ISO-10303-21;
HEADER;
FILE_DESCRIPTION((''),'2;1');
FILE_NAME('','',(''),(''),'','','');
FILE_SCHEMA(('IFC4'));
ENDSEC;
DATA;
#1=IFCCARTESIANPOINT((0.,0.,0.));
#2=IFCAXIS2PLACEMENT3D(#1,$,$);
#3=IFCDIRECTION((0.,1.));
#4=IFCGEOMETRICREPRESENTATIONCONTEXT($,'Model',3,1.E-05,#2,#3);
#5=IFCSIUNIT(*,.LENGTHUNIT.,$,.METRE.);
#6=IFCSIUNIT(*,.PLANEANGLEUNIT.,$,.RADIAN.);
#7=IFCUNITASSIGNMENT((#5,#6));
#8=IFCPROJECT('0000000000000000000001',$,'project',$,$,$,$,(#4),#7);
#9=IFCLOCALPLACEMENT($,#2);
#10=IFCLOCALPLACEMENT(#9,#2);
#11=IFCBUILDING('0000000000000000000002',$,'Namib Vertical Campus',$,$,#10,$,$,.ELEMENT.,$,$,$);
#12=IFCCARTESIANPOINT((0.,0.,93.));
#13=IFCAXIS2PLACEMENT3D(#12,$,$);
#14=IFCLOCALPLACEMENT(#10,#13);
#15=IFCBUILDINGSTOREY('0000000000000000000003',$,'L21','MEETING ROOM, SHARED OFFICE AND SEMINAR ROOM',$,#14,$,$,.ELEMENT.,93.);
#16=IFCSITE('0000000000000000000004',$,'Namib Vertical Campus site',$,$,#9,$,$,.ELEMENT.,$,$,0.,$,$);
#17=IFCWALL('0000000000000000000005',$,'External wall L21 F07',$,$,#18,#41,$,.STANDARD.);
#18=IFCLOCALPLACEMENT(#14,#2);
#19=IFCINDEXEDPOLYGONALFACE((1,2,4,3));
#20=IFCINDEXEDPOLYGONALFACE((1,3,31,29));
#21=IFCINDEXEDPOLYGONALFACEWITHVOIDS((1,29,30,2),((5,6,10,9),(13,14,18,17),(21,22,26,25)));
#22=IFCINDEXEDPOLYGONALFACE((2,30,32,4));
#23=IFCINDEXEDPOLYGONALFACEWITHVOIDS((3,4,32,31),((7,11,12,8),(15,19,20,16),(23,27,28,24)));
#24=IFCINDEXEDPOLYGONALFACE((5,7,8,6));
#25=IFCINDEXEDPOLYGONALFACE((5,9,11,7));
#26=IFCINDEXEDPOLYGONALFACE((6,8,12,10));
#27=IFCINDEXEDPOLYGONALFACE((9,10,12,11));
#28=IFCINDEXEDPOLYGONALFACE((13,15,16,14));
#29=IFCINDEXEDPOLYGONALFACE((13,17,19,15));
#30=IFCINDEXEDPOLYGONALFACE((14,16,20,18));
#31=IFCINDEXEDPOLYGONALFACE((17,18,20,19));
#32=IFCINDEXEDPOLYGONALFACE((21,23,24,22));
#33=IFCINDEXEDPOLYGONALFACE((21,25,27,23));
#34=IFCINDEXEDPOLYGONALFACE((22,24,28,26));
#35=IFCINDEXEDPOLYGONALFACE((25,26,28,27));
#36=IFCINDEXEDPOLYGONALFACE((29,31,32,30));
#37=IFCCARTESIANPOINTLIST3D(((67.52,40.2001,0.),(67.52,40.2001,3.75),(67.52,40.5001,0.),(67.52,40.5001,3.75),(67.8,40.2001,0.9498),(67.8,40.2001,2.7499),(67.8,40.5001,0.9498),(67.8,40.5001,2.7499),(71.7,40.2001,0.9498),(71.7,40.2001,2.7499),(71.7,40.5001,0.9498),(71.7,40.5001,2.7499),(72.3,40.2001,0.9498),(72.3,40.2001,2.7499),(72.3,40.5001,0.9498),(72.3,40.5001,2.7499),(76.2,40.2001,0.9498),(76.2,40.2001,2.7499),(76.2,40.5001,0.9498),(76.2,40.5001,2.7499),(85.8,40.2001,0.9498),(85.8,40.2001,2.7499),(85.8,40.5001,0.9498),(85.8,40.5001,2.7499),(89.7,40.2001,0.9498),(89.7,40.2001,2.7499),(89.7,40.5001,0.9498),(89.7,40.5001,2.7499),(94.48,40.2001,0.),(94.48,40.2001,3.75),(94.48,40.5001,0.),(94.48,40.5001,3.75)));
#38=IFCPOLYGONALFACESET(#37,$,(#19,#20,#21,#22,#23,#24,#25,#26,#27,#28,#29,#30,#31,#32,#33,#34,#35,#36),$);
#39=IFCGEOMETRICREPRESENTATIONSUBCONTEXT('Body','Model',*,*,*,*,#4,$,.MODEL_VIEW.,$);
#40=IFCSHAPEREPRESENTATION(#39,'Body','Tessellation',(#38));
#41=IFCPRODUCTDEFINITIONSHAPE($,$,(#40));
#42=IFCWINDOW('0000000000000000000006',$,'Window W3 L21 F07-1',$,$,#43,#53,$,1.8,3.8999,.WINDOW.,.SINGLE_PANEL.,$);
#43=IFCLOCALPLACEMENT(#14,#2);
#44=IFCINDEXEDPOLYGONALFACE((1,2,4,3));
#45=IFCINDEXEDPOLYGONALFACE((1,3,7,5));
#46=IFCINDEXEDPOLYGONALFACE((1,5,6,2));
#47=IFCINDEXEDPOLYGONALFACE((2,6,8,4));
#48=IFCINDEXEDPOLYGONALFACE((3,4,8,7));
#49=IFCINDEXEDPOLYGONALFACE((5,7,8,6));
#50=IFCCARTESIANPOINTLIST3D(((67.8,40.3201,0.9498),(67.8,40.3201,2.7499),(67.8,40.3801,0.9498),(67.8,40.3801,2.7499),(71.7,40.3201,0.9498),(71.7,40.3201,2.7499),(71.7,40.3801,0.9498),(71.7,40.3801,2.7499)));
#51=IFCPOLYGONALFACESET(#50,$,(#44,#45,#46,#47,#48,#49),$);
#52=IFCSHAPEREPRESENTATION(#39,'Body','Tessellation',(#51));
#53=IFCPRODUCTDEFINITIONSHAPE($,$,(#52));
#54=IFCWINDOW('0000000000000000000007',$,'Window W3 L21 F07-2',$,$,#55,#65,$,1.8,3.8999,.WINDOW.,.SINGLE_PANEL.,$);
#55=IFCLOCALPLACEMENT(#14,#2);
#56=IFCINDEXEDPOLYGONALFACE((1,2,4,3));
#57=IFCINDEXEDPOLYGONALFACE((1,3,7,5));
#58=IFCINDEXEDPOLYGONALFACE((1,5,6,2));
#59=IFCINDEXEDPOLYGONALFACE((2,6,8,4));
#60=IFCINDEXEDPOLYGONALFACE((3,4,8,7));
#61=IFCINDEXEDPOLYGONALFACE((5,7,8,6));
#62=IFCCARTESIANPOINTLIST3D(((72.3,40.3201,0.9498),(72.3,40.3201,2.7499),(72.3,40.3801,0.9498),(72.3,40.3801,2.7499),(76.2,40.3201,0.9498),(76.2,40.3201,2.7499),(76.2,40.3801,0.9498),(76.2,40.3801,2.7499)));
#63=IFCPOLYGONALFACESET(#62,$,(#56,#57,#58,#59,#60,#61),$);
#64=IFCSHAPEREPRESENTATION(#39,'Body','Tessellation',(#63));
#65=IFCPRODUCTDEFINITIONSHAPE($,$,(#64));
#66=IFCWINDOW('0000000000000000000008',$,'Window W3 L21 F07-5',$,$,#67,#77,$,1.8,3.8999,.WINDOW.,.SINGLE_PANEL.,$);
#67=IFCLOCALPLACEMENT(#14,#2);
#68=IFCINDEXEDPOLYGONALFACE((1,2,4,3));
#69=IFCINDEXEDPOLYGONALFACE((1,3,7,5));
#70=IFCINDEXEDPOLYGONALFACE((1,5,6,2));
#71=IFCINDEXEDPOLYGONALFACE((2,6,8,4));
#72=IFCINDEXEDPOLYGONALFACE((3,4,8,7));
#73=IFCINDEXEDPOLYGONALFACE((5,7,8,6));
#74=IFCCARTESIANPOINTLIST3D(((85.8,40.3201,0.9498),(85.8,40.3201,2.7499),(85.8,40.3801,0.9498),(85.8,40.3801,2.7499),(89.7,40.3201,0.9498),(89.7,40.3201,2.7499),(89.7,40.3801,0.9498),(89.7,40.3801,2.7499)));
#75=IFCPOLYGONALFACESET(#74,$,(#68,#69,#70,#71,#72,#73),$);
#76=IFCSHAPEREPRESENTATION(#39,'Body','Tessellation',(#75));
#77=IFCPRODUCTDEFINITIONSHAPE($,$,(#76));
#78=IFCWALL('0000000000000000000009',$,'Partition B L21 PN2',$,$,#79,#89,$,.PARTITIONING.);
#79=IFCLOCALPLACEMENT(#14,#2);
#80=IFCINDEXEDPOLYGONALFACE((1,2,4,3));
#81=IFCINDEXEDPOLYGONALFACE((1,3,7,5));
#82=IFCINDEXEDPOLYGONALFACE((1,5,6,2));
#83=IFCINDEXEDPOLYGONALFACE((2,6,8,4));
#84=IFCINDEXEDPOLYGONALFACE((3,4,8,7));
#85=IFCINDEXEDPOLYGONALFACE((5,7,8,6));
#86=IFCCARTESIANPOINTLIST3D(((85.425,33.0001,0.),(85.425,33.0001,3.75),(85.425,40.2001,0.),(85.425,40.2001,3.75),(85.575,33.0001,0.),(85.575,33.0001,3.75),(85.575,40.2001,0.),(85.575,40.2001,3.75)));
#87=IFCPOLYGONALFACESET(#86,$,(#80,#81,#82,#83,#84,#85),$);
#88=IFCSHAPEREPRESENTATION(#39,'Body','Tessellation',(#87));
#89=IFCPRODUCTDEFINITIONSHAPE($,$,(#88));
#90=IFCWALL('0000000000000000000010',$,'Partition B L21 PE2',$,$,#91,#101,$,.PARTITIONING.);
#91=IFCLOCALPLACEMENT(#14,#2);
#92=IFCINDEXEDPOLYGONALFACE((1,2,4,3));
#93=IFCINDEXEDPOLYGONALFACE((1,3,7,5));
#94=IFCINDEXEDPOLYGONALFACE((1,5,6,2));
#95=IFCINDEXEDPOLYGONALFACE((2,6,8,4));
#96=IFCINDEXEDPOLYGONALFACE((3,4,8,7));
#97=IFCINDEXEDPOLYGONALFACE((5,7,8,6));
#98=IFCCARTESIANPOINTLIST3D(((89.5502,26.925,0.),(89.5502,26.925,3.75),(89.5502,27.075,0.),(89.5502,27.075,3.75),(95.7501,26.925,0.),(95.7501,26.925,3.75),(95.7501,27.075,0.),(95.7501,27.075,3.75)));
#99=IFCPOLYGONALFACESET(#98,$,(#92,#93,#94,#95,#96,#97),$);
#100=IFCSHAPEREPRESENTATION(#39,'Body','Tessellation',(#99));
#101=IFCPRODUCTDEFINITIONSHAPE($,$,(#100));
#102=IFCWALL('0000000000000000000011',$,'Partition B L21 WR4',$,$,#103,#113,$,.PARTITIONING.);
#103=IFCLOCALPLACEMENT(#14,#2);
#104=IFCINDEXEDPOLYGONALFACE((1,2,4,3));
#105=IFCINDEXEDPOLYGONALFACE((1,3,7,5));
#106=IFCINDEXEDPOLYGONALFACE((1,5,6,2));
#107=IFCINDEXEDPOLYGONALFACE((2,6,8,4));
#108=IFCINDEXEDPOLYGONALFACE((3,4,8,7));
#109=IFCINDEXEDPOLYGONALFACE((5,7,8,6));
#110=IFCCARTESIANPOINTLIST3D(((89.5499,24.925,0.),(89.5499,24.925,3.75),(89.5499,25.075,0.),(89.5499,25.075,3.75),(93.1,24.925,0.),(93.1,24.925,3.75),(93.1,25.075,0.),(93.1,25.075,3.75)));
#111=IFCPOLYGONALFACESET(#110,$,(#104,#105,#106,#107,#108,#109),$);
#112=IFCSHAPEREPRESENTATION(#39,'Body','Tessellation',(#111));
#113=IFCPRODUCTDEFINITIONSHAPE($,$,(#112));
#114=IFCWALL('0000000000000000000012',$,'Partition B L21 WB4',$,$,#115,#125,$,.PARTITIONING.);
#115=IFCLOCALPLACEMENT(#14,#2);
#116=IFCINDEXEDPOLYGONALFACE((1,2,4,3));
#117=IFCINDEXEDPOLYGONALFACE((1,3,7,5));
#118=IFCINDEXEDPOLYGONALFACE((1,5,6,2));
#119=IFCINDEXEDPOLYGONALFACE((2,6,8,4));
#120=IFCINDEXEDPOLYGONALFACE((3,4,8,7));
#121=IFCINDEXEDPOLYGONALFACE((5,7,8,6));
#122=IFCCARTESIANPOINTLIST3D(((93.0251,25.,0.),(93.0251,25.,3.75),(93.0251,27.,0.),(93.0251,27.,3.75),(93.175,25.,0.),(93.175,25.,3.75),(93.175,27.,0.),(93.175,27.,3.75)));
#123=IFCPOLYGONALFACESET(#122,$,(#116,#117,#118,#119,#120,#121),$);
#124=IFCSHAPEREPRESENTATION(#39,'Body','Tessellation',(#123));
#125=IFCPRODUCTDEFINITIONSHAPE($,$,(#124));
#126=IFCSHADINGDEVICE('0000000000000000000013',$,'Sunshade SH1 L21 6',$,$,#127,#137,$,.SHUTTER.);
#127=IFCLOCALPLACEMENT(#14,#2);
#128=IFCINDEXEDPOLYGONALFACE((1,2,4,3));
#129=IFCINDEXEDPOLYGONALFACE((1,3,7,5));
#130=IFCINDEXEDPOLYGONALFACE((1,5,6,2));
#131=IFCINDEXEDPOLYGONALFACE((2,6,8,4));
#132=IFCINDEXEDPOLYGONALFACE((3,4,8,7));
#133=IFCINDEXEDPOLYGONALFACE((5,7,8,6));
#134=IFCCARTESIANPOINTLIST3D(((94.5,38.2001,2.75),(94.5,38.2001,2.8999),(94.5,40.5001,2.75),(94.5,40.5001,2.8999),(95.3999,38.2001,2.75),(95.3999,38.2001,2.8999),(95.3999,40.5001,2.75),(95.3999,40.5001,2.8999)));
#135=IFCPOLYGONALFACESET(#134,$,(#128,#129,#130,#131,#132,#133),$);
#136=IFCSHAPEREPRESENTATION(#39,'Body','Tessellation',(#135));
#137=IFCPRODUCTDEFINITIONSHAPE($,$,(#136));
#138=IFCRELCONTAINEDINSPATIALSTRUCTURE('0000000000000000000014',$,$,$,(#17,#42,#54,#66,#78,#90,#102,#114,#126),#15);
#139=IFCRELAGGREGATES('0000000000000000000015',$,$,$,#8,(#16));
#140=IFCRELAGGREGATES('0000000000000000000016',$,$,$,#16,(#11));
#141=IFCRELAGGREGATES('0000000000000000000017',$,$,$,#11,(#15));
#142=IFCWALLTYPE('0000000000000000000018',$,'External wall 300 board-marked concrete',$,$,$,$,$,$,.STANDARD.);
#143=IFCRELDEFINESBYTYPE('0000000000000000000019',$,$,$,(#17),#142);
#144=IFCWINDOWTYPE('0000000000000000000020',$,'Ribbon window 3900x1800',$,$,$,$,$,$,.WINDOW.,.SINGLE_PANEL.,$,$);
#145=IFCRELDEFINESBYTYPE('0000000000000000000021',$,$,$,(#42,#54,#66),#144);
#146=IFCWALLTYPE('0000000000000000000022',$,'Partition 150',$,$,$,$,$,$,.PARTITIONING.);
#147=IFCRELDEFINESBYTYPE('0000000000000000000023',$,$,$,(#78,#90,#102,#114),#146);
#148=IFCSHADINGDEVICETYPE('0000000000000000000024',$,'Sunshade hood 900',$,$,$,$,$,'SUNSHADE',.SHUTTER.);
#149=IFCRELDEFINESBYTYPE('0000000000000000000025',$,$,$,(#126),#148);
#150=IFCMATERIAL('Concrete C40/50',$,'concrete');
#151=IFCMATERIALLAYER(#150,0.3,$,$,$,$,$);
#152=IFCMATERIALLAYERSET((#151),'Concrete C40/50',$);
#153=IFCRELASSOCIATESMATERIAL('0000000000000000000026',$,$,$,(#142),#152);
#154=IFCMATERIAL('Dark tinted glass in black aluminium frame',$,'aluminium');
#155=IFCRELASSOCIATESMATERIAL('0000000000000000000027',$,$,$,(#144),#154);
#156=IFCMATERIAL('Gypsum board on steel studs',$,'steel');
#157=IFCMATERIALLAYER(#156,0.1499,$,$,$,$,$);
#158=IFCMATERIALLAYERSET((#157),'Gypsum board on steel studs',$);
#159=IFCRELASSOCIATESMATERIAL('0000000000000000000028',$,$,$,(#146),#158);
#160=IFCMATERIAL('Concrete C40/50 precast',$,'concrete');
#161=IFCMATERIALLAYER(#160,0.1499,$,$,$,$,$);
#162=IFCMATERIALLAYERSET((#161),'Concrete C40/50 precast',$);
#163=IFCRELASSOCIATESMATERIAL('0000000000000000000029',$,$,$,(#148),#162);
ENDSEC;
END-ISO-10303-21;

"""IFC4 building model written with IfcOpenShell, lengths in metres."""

from ifc_helpers import new_model, si_unit, direction, frame, frame_2d, origin, origin_2d, place, context, subcontext, project, spatial, rectangle, extrude, material, layer, layer_set, type_object, element, fill, save


model = new_model("IFC4")

# Units and contexts
model_context = context("Model", 3, precision=1e-05, world=origin(), true_north=direction((0.0, 1.0)))
body_context = subcontext(model_context, "Body", "Model", "MODEL_VIEW")
ifc_project = project(units=[si_unit("LENGTHUNIT", "METRE"), si_unit("PLANEANGLEUNIT", "RADIAN")], contexts=[model_context])

# Site, building, storey
site_placement = place(None, origin())
site = spatial("IfcSite", under=ifc_project, at=site_placement, Name="Namib Vertical Campus site", CompositionType="ELEMENT", RefElevation=0.0)
building_placement = place(site_placement, origin())
building = spatial("IfcBuilding", under=site, at=building_placement, Name="Namib Vertical Campus", CompositionType="ELEMENT")
storey_placement = place(building_placement, frame((0.0, 0.0, 93.0)))
storey = spatial("IfcBuildingStorey", under=building, at=storey_placement, Name="L21", Description="MEETING ROOM, SHARED OFFICE AND SEMINAR ROOM", CompositionType="ELEMENT", Elevation=93.0)

# Shared definitions
ifc_material_1 = material(Name="Concrete C40/50", Category="concrete")
ifc_layer_1 = layer(ifc_material_1, 0.3)
ifc_layer_set_1 = layer_set([ifc_layer_1], Name="Concrete C40/50")
wall_type_1 = type_object("IfcWallType", Name="External wall 300 board-marked concrete", PredefinedType="STANDARD", material=ifc_layer_set_1)

# Wall, openings, windows
wall_1_placement = place(storey_placement, frame((94.48, 40.3501, 0.0), z_axis=(0.0, 0.0, 1.0), x_axis=(-1.0, 0.0, 0.0)))
wall_1 = element("IfcWall", 1, at=wall_1_placement, inside=storey, type_object=wall_type_1, Name="External wall L21 F07", PredefinedType="STANDARD", context=body_context, shape_type="SweptSolid", body=[
    extrude(rectangle(XDim=26.96, YDim=0.3, at=frame_2d((13.48, 0.0))), origin(), (0.0, 0.0, 1.0), 3.75),
])
opening_1_placement = place(wall_1_placement, frame((22.78, 0.0, 0.95)))
opening_1 = element("IfcOpeningElement", 2, at=opening_1_placement, cuts=wall_1, PredefinedType="OPENING", context=body_context, shape_type="SweptSolid", body=[
    extrude(rectangle(XDim=3.8999, YDim=1.8, at=frame_2d((1.95, 0.8999))), frame((0.0, 0.1599, 0.0), z_axis=(0.0, -1.0, 0.0), x_axis=(1.0, 0.0, 0.0)), (0.0, 0.0, 1.0), 0.3201),
])
opening_2_placement = place(wall_1_placement, frame((18.28, 0.0, 0.95)))
opening_2 = element("IfcOpeningElement", 3, at=opening_2_placement, cuts=wall_1, PredefinedType="OPENING", context=body_context, shape_type="SweptSolid", body=[
    extrude(rectangle(XDim=3.8999, YDim=1.8, at=frame_2d((1.95, 0.8999))), frame((0.0, 0.1599, 0.0), z_axis=(0.0, -1.0, 0.0), x_axis=(1.0, 0.0, 0.0)), (0.0, 0.0, 1.0), 0.3201),
])
opening_3_placement = place(wall_1_placement, frame((4.78, 0.0, 0.95)))
opening_3 = element("IfcOpeningElement", 4, at=opening_3_placement, cuts=wall_1, PredefinedType="OPENING", context=body_context, shape_type="SweptSolid", body=[
    extrude(rectangle(XDim=3.8999, YDim=1.8, at=frame_2d((1.95, 0.8999))), frame((0.0, 0.1599, 0.0), z_axis=(0.0, -1.0, 0.0), x_axis=(1.0, 0.0, 0.0)), (0.0, 0.0, 1.0), 0.3201),
])
ifc_material_2 = material(Name="Dark tinted glass in black aluminium frame", Category="aluminium")
window_type = type_object("IfcWindowType", Name="Ribbon window 3900x1800", PartitioningType="SINGLE_PANEL", PredefinedType="WINDOW", material=ifc_material_2)
window_1_placement = place(opening_1_placement, origin())
window_1 = element("IfcWindow", 5, at=window_1_placement, inside=storey, type_object=window_type, Name="Window W3 L21 F07-1", OverallHeight=1.8, OverallWidth=3.8999, PartitioningType="SINGLE_PANEL", PredefinedType="WINDOW", context=body_context, shape_type="SweptSolid", body=[
    extrude(rectangle(XDim=3.8999, YDim=1.8, at=frame_2d((1.95, 0.8999))), frame((0.0, 0.03, 0.0), z_axis=(0.0, -1.0, 0.0), x_axis=(1.0, 0.0, 0.0)), (0.0, 0.0, 1.0), 0.0601),
])
fill(opening_1, window_1)
window_2_placement = place(opening_2_placement, origin())
window_2 = element("IfcWindow", 6, at=window_2_placement, inside=storey, type_object=window_type, Name="Window W3 L21 F07-2", OverallHeight=1.8, OverallWidth=3.8999, PartitioningType="SINGLE_PANEL", PredefinedType="WINDOW", context=body_context, shape_type="SweptSolid", body=[
    extrude(rectangle(XDim=3.8999, YDim=1.8, at=frame_2d((1.95, 0.8999))), frame((0.0, 0.03, 0.0), z_axis=(0.0, -1.0, 0.0), x_axis=(1.0, 0.0, 0.0)), (0.0, 0.0, 1.0), 0.0601),
])
fill(opening_2, window_2)
window_3_placement = place(opening_3_placement, origin())
window_3 = element("IfcWindow", 7, at=window_3_placement, inside=storey, type_object=window_type, Name="Window W3 L21 F07-5", OverallHeight=1.8, OverallWidth=3.8999, PartitioningType="SINGLE_PANEL", PredefinedType="WINDOW", context=body_context, shape_type="SweptSolid", body=[
    extrude(rectangle(XDim=3.8999, YDim=1.8, at=frame_2d((1.95, 0.8999))), frame((0.0, 0.03, 0.0), z_axis=(0.0, -1.0, 0.0), x_axis=(1.0, 0.0, 0.0)), (0.0, 0.0, 1.0), 0.0601),
])
fill(opening_3, window_3)

# Walls
ifc_material_3 = material(Name="Gypsum board on steel studs", Category="steel")
ifc_layer_2 = layer(ifc_material_3, 0.1499)
ifc_layer_set_2 = layer_set([ifc_layer_2], Name="Gypsum board on steel studs")
wall_type_2 = type_object("IfcWallType", Name="Partition 150", PredefinedType="PARTITIONING", material=ifc_layer_set_2)
wall_2_placement = place(storey_placement, frame((85.5, 33.0, 0.0), z_axis=(0.0, 0.0, 1.0), x_axis=(0.0, 1.0, 0.0)))
element("IfcWall", 8, at=wall_2_placement, inside=storey, type_object=wall_type_2, Name="Partition B L21 PN2", PredefinedType="PARTITIONING", context=body_context, shape_type="SweptSolid", body=[
    extrude(rectangle(XDim=7.2, YDim=0.1499, at=frame_2d((3.6001, 0.0))), origin(), (0.0, 0.0, 1.0), 3.75),
])
wall_3_placement = place(storey_placement, frame((89.55, 27.0, 0.0), z_axis=(0.0, 0.0, 1.0), x_axis=(1.0, 0.0, 0.0)))
element("IfcWall", 9, at=wall_3_placement, inside=storey, type_object=wall_type_2, Name="Partition B L21 PE2", PredefinedType="PARTITIONING", context=body_context, shape_type="SweptSolid", body=[
    extrude(rectangle(XDim=6.2, YDim=0.1499, at=frame_2d((3.1001, 0.0))), origin(), (0.0, 0.0, 1.0), 3.75),
])
wall_4_placement = place(storey_placement, frame((89.55, 25.0, 0.0), z_axis=(0.0, 0.0, 1.0), x_axis=(1.0, 0.0, 0.0)))
element("IfcWall", 10, at=wall_4_placement, inside=storey, type_object=wall_type_2, Name="Partition B L21 WR4", PredefinedType="PARTITIONING", context=body_context, shape_type="SweptSolid", body=[
    extrude(rectangle(XDim=3.55, YDim=0.1499, at=frame_2d((1.7749, 0.0))), origin(), (0.0, 0.0, 1.0), 3.75),
])
wall_5_placement = place(storey_placement, frame((93.1001, 25.0, 0.0), z_axis=(0.0, 0.0, 1.0), x_axis=(0.0, 1.0, 0.0)))
element("IfcWall", 11, at=wall_5_placement, inside=storey, type_object=wall_type_2, Name="Partition B L21 WB4", PredefinedType="PARTITIONING", context=body_context, shape_type="SweptSolid", body=[
    extrude(rectangle(XDim=2.0, YDim=0.1499, at=frame_2d((1.0, 0.0))), origin(), (0.0, 0.0, 1.0), 3.75),
])

# Shading device
ifc_material_4 = material(Name="Concrete C40/50 precast", Category="concrete")
ifc_layer_3 = layer(ifc_material_4, 0.1499)
ifc_layer_set_3 = layer_set([ifc_layer_3], Name="Concrete C40/50 precast")
shading_device_type = type_object("IfcShadingDeviceType", Name="Sunshade hood 900", ElementType="SUNSHADE", PredefinedType="SHUTTER", material=ifc_layer_set_3)
shading_device_placement = place(storey_placement, frame((94.95, 39.3501, 2.75), z_axis=(0.0, 0.0, 1.0), x_axis=(0.0, 1.0, 0.0)))
element("IfcShadingDevice", 12, at=shading_device_placement, inside=storey, type_object=shading_device_type, Name="Sunshade SH1 L21 6", PredefinedType="SHUTTER", context=body_context, shape_type="SweptSolid", body=[
    extrude(rectangle(XDim=2.3, YDim=0.8999, at=origin_2d()), origin(), (0.0, 0.0, 1.0), 0.1499),
])

save(model, "model.ifc")
